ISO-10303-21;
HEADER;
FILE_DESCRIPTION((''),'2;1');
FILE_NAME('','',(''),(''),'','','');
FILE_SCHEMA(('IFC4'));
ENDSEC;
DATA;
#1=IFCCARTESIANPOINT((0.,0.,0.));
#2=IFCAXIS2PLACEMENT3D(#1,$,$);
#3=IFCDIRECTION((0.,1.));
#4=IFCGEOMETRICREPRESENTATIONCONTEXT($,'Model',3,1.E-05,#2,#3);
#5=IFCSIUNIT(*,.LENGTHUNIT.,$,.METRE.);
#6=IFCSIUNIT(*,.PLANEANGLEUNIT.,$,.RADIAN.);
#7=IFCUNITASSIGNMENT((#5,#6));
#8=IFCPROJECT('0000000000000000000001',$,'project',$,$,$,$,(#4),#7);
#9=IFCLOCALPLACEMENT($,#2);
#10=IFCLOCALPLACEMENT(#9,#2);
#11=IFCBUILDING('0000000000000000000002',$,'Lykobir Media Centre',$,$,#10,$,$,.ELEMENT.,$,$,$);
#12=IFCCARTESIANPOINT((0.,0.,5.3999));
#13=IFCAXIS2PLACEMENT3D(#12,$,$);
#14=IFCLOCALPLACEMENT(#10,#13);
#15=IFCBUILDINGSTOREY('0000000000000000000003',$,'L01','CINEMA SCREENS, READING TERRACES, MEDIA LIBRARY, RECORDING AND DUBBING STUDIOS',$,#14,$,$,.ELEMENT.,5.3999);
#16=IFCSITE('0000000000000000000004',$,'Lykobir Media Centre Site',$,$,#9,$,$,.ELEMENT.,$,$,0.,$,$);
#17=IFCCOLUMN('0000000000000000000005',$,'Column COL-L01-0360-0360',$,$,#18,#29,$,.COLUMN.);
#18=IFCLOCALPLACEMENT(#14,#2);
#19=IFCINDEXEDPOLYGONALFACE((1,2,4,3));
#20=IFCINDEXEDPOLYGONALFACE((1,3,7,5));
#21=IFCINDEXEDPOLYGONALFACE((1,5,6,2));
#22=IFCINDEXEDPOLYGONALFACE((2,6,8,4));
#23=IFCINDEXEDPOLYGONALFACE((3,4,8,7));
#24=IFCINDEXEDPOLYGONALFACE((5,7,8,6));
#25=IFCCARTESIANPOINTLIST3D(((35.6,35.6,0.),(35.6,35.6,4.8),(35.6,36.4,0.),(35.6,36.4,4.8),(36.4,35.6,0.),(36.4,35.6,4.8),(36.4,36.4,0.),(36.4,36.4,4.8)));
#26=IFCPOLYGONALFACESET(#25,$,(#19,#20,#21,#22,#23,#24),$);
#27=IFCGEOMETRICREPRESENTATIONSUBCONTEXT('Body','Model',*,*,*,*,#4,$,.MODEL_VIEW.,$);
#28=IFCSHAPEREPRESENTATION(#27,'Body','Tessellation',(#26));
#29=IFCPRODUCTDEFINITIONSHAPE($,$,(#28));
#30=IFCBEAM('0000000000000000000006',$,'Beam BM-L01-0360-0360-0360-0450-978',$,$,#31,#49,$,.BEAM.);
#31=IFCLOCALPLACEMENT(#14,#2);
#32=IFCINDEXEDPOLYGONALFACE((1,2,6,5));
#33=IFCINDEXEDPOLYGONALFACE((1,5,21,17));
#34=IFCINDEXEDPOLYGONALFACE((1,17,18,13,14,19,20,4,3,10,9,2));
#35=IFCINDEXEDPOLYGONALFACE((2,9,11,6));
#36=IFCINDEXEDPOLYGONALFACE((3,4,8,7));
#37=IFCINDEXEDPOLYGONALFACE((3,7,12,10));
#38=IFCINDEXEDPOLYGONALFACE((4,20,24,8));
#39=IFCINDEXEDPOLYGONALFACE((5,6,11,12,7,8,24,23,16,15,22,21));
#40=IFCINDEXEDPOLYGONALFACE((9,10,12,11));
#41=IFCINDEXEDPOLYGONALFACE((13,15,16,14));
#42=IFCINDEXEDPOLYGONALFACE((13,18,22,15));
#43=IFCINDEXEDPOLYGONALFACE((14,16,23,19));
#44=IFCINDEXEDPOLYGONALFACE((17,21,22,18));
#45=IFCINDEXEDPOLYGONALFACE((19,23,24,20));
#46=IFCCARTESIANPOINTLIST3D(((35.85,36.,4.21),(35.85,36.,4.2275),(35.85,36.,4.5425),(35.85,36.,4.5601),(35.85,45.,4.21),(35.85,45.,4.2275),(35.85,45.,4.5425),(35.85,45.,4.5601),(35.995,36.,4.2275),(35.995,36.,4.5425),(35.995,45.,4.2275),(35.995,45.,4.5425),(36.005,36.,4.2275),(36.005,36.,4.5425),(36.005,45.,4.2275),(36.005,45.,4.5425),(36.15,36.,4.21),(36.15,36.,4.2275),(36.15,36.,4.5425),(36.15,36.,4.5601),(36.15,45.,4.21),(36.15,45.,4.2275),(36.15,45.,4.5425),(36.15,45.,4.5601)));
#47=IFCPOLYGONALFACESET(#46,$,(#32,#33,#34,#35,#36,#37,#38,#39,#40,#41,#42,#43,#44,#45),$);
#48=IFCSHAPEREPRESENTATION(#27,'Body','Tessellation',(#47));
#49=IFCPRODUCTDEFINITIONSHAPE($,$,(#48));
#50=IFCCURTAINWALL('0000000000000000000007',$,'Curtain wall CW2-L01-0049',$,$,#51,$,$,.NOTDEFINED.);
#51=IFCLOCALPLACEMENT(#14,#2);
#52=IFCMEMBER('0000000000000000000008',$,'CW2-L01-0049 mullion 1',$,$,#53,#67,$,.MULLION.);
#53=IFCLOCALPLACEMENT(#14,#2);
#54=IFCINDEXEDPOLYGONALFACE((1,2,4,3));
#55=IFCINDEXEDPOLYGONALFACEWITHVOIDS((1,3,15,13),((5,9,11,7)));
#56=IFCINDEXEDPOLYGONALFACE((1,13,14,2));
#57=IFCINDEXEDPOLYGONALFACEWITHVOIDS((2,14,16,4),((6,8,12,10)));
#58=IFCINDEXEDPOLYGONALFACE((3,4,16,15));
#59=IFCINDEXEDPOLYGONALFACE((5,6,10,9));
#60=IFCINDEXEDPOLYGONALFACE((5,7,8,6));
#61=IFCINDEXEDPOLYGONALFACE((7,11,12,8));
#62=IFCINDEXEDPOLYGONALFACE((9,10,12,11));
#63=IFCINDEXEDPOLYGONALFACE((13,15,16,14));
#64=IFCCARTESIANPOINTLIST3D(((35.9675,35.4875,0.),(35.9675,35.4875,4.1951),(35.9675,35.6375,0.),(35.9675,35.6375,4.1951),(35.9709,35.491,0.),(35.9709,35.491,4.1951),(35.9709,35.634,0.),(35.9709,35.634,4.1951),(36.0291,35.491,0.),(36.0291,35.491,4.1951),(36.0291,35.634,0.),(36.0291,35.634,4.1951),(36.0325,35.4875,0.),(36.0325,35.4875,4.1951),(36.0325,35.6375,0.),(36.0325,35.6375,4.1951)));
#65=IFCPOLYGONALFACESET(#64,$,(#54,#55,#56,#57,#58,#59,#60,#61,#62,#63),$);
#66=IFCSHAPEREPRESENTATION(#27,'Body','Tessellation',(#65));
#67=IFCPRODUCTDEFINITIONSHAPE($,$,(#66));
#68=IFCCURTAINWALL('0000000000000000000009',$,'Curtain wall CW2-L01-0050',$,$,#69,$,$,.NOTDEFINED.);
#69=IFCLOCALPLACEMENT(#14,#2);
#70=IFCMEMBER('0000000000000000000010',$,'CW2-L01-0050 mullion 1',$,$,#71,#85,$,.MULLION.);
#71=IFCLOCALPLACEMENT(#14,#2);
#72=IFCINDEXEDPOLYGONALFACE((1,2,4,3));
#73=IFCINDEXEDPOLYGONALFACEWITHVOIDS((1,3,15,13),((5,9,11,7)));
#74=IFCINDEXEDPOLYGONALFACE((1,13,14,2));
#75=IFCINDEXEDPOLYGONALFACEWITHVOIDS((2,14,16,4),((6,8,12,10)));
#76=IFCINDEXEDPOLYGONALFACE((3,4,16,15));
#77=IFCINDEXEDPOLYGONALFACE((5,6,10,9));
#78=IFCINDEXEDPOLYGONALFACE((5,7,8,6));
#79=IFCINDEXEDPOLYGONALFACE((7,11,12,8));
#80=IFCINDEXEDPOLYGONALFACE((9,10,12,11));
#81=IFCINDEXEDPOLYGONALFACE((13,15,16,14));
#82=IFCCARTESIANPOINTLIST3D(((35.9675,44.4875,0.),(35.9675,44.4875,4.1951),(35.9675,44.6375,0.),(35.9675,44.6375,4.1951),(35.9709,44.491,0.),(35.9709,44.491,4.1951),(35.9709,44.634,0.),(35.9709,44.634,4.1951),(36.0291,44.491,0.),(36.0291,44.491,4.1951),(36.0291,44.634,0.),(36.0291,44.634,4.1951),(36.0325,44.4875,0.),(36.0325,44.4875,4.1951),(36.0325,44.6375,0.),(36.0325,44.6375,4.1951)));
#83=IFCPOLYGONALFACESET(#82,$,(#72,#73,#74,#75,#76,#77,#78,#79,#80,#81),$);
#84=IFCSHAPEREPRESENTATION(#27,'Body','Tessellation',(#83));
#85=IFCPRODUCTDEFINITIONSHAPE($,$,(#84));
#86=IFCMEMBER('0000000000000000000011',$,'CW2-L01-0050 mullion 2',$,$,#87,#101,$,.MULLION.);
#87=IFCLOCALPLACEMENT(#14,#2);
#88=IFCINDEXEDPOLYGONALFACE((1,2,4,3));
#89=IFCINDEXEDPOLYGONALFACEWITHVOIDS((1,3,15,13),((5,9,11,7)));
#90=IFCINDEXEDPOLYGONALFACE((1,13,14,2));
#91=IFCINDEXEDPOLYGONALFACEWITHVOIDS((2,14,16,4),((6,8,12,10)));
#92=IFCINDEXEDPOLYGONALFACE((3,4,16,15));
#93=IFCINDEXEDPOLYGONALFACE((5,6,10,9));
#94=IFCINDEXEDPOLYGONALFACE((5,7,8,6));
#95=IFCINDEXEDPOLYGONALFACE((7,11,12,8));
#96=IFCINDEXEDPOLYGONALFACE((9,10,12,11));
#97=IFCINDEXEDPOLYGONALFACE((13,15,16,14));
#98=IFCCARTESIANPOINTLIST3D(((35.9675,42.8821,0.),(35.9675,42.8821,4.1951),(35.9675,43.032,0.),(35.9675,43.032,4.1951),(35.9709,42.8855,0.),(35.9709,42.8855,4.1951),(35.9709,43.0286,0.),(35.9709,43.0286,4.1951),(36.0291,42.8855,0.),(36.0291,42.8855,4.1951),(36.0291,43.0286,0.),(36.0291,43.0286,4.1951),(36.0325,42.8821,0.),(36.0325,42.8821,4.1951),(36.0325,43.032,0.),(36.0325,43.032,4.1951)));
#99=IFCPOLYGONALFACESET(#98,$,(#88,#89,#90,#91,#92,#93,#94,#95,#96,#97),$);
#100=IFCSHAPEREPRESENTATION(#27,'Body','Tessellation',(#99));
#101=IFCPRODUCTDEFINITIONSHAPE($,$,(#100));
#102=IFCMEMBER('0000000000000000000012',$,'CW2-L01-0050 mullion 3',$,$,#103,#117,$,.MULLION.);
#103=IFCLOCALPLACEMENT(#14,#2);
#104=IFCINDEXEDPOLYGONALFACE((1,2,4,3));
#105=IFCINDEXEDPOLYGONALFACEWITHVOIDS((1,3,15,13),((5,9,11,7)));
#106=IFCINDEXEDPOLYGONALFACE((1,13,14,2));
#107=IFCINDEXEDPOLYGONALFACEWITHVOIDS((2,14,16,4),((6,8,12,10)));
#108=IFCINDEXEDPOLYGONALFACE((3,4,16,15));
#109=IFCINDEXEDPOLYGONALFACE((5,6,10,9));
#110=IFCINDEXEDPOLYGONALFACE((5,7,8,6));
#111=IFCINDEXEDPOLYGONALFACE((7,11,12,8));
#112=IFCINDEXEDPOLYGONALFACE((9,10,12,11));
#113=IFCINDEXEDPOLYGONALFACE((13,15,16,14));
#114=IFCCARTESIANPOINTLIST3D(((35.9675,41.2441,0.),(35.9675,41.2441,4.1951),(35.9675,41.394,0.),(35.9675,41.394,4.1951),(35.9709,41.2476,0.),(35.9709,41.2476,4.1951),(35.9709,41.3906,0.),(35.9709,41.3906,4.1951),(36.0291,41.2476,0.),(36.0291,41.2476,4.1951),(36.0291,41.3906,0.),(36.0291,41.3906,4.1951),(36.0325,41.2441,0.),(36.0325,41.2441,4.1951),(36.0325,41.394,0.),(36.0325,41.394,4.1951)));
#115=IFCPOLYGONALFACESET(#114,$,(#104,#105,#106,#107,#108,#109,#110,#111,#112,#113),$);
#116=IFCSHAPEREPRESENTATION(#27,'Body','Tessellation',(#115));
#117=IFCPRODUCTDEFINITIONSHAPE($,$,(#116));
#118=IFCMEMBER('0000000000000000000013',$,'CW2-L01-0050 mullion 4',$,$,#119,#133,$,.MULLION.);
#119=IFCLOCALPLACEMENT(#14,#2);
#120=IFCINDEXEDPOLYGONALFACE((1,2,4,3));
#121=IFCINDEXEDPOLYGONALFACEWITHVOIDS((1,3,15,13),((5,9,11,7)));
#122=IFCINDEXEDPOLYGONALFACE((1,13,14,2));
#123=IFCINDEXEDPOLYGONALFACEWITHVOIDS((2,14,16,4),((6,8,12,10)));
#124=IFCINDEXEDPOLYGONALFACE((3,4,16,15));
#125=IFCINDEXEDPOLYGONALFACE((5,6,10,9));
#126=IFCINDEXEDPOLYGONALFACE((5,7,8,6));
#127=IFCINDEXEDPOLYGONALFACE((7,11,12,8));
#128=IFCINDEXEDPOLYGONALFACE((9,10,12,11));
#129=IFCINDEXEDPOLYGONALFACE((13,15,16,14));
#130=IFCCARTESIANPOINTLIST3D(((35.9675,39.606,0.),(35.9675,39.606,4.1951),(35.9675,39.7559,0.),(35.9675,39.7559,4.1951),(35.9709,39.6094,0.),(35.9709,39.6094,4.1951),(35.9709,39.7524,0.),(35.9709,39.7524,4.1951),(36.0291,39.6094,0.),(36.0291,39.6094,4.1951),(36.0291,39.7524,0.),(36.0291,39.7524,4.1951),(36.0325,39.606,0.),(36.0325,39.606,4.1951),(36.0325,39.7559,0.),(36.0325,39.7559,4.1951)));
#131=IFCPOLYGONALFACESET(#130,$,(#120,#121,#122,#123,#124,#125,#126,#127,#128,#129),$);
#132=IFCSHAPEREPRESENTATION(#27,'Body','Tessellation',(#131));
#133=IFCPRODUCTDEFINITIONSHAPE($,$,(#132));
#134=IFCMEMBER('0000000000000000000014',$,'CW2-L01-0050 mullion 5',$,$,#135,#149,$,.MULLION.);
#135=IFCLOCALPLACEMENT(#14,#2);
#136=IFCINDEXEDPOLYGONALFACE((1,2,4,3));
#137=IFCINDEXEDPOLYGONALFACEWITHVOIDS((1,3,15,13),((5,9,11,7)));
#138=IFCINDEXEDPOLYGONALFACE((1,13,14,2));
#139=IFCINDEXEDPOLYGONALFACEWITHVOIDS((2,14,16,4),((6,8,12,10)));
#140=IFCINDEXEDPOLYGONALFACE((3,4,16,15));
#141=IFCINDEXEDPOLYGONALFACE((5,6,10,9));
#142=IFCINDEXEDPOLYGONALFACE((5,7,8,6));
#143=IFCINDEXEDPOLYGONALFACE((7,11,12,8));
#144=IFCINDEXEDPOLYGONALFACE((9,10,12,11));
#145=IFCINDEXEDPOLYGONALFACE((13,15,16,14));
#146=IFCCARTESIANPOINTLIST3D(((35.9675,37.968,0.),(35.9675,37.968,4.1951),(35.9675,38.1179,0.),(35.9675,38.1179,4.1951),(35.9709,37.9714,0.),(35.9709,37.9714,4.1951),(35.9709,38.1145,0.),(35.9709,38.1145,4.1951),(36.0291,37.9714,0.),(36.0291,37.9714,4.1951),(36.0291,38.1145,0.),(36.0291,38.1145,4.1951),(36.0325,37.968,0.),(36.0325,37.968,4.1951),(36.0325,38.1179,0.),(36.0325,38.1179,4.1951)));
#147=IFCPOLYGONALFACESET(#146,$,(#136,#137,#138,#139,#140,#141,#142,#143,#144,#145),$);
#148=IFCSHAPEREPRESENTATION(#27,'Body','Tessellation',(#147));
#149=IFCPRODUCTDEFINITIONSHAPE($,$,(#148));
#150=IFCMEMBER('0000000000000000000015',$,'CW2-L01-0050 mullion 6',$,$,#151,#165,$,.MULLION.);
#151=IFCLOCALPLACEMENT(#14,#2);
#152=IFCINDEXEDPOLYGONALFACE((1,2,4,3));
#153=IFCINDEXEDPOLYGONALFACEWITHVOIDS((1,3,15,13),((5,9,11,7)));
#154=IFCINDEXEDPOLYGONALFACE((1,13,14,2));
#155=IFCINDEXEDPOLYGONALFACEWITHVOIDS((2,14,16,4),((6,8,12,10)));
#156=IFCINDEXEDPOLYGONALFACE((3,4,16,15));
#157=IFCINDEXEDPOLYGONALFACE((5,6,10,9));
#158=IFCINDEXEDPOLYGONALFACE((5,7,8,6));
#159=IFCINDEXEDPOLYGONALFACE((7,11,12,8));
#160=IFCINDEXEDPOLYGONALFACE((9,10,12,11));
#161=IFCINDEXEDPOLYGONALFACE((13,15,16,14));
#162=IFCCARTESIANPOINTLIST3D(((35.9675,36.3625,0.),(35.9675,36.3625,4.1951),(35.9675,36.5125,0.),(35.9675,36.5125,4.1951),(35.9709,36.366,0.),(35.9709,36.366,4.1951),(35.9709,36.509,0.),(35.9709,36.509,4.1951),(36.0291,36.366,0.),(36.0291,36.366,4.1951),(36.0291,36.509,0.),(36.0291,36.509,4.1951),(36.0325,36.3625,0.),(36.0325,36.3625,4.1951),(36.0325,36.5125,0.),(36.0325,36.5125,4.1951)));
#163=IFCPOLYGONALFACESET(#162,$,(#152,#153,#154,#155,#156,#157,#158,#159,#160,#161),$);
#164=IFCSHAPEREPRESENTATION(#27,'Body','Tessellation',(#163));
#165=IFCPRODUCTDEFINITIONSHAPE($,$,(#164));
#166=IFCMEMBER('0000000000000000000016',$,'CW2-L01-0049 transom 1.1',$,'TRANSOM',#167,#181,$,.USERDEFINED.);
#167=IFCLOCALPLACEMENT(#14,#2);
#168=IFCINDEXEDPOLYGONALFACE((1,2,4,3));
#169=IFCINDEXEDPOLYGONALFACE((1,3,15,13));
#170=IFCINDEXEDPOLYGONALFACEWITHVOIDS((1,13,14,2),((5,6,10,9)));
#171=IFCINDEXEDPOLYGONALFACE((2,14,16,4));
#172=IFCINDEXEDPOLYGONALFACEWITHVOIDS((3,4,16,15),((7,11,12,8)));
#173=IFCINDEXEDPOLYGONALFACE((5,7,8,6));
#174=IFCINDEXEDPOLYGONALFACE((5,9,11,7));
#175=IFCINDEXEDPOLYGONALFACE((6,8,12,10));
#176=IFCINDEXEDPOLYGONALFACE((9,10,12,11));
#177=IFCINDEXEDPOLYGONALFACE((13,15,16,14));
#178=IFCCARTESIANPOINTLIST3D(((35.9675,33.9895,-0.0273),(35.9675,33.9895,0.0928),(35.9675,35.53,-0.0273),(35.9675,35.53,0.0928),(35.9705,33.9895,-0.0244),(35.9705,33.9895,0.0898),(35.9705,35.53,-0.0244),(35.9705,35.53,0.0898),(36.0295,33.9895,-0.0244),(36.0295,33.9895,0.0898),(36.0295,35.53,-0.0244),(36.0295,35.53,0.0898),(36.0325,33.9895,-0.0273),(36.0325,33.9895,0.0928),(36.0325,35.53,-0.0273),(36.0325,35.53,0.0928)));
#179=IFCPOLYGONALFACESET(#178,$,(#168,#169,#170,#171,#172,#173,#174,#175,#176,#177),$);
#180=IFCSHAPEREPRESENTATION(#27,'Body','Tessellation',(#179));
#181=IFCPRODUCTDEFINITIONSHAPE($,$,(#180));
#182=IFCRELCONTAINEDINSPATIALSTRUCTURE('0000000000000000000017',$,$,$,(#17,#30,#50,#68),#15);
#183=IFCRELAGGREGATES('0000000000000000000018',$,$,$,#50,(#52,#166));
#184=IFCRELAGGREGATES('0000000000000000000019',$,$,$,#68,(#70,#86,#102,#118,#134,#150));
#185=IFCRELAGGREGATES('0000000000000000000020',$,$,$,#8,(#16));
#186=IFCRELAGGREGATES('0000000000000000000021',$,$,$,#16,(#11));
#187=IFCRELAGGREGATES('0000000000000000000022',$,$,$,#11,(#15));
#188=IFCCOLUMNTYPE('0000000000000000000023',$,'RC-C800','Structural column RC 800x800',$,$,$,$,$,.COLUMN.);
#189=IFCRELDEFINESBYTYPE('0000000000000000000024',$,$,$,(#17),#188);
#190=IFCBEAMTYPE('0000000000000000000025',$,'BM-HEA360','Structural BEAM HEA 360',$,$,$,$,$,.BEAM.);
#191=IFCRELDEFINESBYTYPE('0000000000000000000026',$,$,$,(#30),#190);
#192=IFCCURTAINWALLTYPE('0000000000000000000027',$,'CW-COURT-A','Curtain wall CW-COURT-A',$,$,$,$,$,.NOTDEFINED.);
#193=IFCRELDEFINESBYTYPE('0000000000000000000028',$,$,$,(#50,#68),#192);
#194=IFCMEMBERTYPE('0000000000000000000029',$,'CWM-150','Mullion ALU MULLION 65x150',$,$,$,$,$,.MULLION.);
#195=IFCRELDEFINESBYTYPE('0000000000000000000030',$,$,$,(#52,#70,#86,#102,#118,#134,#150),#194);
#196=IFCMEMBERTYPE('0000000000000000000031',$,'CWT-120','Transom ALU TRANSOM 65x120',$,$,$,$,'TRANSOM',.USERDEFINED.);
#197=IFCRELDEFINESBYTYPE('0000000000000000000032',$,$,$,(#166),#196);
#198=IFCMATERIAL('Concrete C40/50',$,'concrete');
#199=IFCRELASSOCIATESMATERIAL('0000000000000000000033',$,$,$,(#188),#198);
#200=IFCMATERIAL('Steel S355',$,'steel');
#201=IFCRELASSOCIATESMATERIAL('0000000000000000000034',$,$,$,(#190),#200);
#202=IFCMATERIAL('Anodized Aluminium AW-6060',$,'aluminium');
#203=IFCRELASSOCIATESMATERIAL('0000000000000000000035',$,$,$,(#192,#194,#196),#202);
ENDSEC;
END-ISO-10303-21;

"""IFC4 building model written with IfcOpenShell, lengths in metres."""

from ifc_helpers import new_model, si_unit, direction, frame, origin, origin_2d, place, context, subcontext, project, spatial, rectangle, hollow_rectangle, i_section, extrude, material, material_profile, profile_set, type_object, element, aggregate, save


model = new_model("IFC4")

# Units and contexts
model_context = context("Model", 3, precision=1e-05, world=origin(), true_north=direction((0.0, 1.0)))
body_context = subcontext(model_context, "Body", "Model", "MODEL_VIEW")
ifc_project = project(units=[si_unit("LENGTHUNIT", "METRE"), si_unit("PLANEANGLEUNIT", "RADIAN")], contexts=[model_context])

# Site, building, storey
site_placement = place(None, origin())
site = spatial("IfcSite", under=ifc_project, at=site_placement, Name="Lykobir Media Centre Site", CompositionType="ELEMENT", RefElevation=0.0)
building_placement = place(site_placement, origin())
building = spatial("IfcBuilding", under=site, at=building_placement, Name="Lykobir Media Centre", CompositionType="ELEMENT")
storey_placement = place(building_placement, frame((0.0, 0.0, 5.3999)))
storey = spatial("IfcBuildingStorey", under=building, at=storey_placement, Name="L01", Description="CINEMA SCREENS, READING TERRACES, MEDIA LIBRARY, RECORDING AND DUBBING STUDIOS", CompositionType="ELEMENT", Elevation=5.3999)

# Column
ifc_material_1 = material(Name="Concrete C40/50", Category="concrete")
ifc_material_profile_1 = material_profile(ifc_material_1, rectangle(XDim=0.8, YDim=0.8, at=origin_2d()), Name="RC 800x800")
ifc_profile_set_1 = profile_set([ifc_material_profile_1], Name="Concrete C40/50")
column_type = type_object("IfcColumnType", Name="RC-C800", Description="Structural column RC 800x800", PredefinedType="COLUMN", material=ifc_profile_set_1)
column_placement = place(storey_placement, frame((36.0, 36.0, 0.0), z_axis=(0.0, 0.0, 1.0), x_axis=(1.0, 0.0, 0.0)))
element("IfcColumn", 1, at=column_placement, inside=storey, type_object=column_type, Name="Column COL-L01-0360-0360", PredefinedType="COLUMN", context=body_context, shape_type="SweptSolid", body=[
    extrude(rectangle(XDim=0.8, YDim=0.8, at=origin_2d()), origin(), (0.0, 0.0, 1.0), 4.8),
])

# Beam
ifc_material_2 = material(Name="Steel S355", Category="steel")
ifc_material_profile_2 = material_profile(ifc_material_2, i_section(OverallWidth=0.3, OverallDepth=0.3501, WebThickness=0.01, FlangeThickness=0.0176, at=origin_2d()), Name="HEA 360")
ifc_profile_set_2 = profile_set([ifc_material_profile_2], Name="Steel S355")
beam_type = type_object("IfcBeamType", Name="BM-HEA360", Description="Structural BEAM HEA 360", PredefinedType="BEAM", material=ifc_profile_set_2)
beam_placement = place(storey_placement, frame((36.0, 36.0, 4.385), z_axis=(0.0, 1.0, 0.0), x_axis=(-1.0, 0.0, 0.0)))
element("IfcBeam", 2, at=beam_placement, inside=storey, type_object=beam_type, Name="Beam BM-L01-0360-0360-0360-0450-978", PredefinedType="BEAM", context=body_context, shape_type="SweptSolid", body=[
    extrude(i_section(OverallWidth=0.3, OverallDepth=0.3501, WebThickness=0.01, FlangeThickness=0.0176, at=origin_2d()), origin(), (0.0, 0.0, 1.0), 9.0),
])

# Curtain wall, member
ifc_material_3 = material(Name="Anodized Aluminium AW-6060", Category="aluminium")
curtain_wall_type = type_object("IfcCurtainWallType", Name="CW-COURT-A", Description="Curtain wall CW-COURT-A", PredefinedType="NOTDEFINED", material=ifc_material_3)
curtain_wall_1_placement = place(storey_placement, origin())
curtain_wall_1 = element("IfcCurtainWall", 3, at=curtain_wall_1_placement, inside=storey, type_object=curtain_wall_type, Name="Curtain wall CW2-L01-0049", PredefinedType="NOTDEFINED")
ifc_material_profile_3 = material_profile(ifc_material_3, hollow_rectangle(XDim=0.0649, YDim=0.1499, WallThickness=0.0034, at=origin_2d()), Name="ALU MULLION 65x150")
ifc_profile_set_3 = profile_set([ifc_material_profile_3], Name="Anodized Aluminium AW-6060")
member_type_1 = type_object("IfcMemberType", Name="CWM-150", Description="Mullion ALU MULLION 65x150", PredefinedType="MULLION", material=ifc_profile_set_3)
member_1_placement = place(storey_placement, frame((36.0, 35.5625, 0.0), z_axis=(0.0, 0.0, 1.0), x_axis=(1.0, 0.0, 0.0)))
member_1 = element("IfcMember", 4, at=member_1_placement, type_object=member_type_1, Name="CW2-L01-0049 mullion 1", PredefinedType="MULLION", context=body_context, shape_type="SweptSolid", body=[
    extrude(hollow_rectangle(XDim=0.0649, YDim=0.1499, WallThickness=0.0034, at=origin_2d()), origin(), (0.0, 0.0, 1.0), 4.1951),
])

# Curtain wall, members
curtain_wall_2_placement = place(storey_placement, origin())
curtain_wall_2 = element("IfcCurtainWall", 5, at=curtain_wall_2_placement, inside=storey, type_object=curtain_wall_type, Name="Curtain wall CW2-L01-0050", PredefinedType="NOTDEFINED")
member_2_placement = place(storey_placement, frame((36.0, 44.5625, 0.0), z_axis=(0.0, 0.0, 1.0), x_axis=(1.0, 0.0, 0.0)))
member_2 = element("IfcMember", 6, at=member_2_placement, type_object=member_type_1, Name="CW2-L01-0050 mullion 1", PredefinedType="MULLION", context=body_context, shape_type="SweptSolid", body=[
    extrude(hollow_rectangle(XDim=0.0649, YDim=0.1499, WallThickness=0.0034, at=origin_2d()), origin(), (0.0, 0.0, 1.0), 4.1951),
])
member_3_placement = place(storey_placement, frame((36.0, 42.957, 0.0), z_axis=(0.0, 0.0, 1.0), x_axis=(1.0, 0.0, 0.0)))
member_3 = element("IfcMember", 7, at=member_3_placement, type_object=member_type_1, Name="CW2-L01-0050 mullion 2", PredefinedType="MULLION", context=body_context, shape_type="SweptSolid", body=[
    extrude(hollow_rectangle(XDim=0.0649, YDim=0.1499, WallThickness=0.0034, at=origin_2d()), origin(), (0.0, 0.0, 1.0), 4.1951),
])
member_4_placement = place(storey_placement, frame((36.0, 41.3191, 0.0), z_axis=(0.0, 0.0, 1.0), x_axis=(1.0, 0.0, 0.0)))
member_4 = element("IfcMember", 8, at=member_4_placement, type_object=member_type_1, Name="CW2-L01-0050 mullion 3", PredefinedType="MULLION", context=body_context, shape_type="SweptSolid", body=[
    extrude(hollow_rectangle(XDim=0.0649, YDim=0.1499, WallThickness=0.0034, at=origin_2d()), origin(), (0.0, 0.0, 1.0), 4.1951),
])
member_5_placement = place(storey_placement, frame((36.0, 39.6809, 0.0), z_axis=(0.0, 0.0, 1.0), x_axis=(1.0, 0.0, 0.0)))
member_5 = element("IfcMember", 9, at=member_5_placement, type_object=member_type_1, Name="CW2-L01-0050 mullion 4", PredefinedType="MULLION", context=body_context, shape_type="SweptSolid", body=[
    extrude(hollow_rectangle(XDim=0.0649, YDim=0.1499, WallThickness=0.0034, at=origin_2d()), origin(), (0.0, 0.0, 1.0), 4.1951),
])
member_6_placement = place(storey_placement, frame((36.0, 38.043, 0.0), z_axis=(0.0, 0.0, 1.0), x_axis=(1.0, 0.0, 0.0)))
member_6 = element("IfcMember", 10, at=member_6_placement, type_object=member_type_1, Name="CW2-L01-0050 mullion 5", PredefinedType="MULLION", context=body_context, shape_type="SweptSolid", body=[
    extrude(hollow_rectangle(XDim=0.0649, YDim=0.1499, WallThickness=0.0034, at=origin_2d()), origin(), (0.0, 0.0, 1.0), 4.1951),
])
member_7_placement = place(storey_placement, frame((36.0, 36.4375, 0.0), z_axis=(0.0, 0.0, 1.0), x_axis=(1.0, 0.0, 0.0)))
member_7 = element("IfcMember", 11, at=member_7_placement, type_object=member_type_1, Name="CW2-L01-0050 mullion 6", PredefinedType="MULLION", context=body_context, shape_type="SweptSolid", body=[
    extrude(hollow_rectangle(XDim=0.0649, YDim=0.1499, WallThickness=0.0034, at=origin_2d()), origin(), (0.0, 0.0, 1.0), 4.1951),
])

# Member
ifc_material_profile_4 = material_profile(ifc_material_3, hollow_rectangle(XDim=0.0649, YDim=0.1201, WallThickness=0.0029, at=origin_2d()), Name="ALU TRANSOM 65x120")
ifc_profile_set_4 = profile_set([ifc_material_profile_4], Name="Anodized Aluminium AW-6060")
member_type_2 = type_object("IfcMemberType", Name="CWT-120", Description="Transom ALU TRANSOM 65x120", ElementType="TRANSOM", PredefinedType="USERDEFINED", material=ifc_profile_set_4)
member_8_placement = place(storey_placement, frame((36.0, 35.53, 0.0327), z_axis=(0.0, -1.0, 0.0), x_axis=(1.0, 0.0, 0.0)))
member_8 = element("IfcMember", 12, at=member_8_placement, type_object=member_type_2, Name="CW2-L01-0049 transom 1.1", ObjectType="TRANSOM", PredefinedType="USERDEFINED", context=body_context, shape_type="SweptSolid", body=[
    extrude(hollow_rectangle(XDim=0.0649, YDim=0.1201, WallThickness=0.0029, at=origin_2d()), origin(), (0.0, 0.0, 1.0), 1.5405),
])

aggregate(curtain_wall_1, [member_1, member_8])
aggregate(curtain_wall_2, [member_2, member_3, member_4, member_5, member_6, member_7])

save(model, "model.ifc")
